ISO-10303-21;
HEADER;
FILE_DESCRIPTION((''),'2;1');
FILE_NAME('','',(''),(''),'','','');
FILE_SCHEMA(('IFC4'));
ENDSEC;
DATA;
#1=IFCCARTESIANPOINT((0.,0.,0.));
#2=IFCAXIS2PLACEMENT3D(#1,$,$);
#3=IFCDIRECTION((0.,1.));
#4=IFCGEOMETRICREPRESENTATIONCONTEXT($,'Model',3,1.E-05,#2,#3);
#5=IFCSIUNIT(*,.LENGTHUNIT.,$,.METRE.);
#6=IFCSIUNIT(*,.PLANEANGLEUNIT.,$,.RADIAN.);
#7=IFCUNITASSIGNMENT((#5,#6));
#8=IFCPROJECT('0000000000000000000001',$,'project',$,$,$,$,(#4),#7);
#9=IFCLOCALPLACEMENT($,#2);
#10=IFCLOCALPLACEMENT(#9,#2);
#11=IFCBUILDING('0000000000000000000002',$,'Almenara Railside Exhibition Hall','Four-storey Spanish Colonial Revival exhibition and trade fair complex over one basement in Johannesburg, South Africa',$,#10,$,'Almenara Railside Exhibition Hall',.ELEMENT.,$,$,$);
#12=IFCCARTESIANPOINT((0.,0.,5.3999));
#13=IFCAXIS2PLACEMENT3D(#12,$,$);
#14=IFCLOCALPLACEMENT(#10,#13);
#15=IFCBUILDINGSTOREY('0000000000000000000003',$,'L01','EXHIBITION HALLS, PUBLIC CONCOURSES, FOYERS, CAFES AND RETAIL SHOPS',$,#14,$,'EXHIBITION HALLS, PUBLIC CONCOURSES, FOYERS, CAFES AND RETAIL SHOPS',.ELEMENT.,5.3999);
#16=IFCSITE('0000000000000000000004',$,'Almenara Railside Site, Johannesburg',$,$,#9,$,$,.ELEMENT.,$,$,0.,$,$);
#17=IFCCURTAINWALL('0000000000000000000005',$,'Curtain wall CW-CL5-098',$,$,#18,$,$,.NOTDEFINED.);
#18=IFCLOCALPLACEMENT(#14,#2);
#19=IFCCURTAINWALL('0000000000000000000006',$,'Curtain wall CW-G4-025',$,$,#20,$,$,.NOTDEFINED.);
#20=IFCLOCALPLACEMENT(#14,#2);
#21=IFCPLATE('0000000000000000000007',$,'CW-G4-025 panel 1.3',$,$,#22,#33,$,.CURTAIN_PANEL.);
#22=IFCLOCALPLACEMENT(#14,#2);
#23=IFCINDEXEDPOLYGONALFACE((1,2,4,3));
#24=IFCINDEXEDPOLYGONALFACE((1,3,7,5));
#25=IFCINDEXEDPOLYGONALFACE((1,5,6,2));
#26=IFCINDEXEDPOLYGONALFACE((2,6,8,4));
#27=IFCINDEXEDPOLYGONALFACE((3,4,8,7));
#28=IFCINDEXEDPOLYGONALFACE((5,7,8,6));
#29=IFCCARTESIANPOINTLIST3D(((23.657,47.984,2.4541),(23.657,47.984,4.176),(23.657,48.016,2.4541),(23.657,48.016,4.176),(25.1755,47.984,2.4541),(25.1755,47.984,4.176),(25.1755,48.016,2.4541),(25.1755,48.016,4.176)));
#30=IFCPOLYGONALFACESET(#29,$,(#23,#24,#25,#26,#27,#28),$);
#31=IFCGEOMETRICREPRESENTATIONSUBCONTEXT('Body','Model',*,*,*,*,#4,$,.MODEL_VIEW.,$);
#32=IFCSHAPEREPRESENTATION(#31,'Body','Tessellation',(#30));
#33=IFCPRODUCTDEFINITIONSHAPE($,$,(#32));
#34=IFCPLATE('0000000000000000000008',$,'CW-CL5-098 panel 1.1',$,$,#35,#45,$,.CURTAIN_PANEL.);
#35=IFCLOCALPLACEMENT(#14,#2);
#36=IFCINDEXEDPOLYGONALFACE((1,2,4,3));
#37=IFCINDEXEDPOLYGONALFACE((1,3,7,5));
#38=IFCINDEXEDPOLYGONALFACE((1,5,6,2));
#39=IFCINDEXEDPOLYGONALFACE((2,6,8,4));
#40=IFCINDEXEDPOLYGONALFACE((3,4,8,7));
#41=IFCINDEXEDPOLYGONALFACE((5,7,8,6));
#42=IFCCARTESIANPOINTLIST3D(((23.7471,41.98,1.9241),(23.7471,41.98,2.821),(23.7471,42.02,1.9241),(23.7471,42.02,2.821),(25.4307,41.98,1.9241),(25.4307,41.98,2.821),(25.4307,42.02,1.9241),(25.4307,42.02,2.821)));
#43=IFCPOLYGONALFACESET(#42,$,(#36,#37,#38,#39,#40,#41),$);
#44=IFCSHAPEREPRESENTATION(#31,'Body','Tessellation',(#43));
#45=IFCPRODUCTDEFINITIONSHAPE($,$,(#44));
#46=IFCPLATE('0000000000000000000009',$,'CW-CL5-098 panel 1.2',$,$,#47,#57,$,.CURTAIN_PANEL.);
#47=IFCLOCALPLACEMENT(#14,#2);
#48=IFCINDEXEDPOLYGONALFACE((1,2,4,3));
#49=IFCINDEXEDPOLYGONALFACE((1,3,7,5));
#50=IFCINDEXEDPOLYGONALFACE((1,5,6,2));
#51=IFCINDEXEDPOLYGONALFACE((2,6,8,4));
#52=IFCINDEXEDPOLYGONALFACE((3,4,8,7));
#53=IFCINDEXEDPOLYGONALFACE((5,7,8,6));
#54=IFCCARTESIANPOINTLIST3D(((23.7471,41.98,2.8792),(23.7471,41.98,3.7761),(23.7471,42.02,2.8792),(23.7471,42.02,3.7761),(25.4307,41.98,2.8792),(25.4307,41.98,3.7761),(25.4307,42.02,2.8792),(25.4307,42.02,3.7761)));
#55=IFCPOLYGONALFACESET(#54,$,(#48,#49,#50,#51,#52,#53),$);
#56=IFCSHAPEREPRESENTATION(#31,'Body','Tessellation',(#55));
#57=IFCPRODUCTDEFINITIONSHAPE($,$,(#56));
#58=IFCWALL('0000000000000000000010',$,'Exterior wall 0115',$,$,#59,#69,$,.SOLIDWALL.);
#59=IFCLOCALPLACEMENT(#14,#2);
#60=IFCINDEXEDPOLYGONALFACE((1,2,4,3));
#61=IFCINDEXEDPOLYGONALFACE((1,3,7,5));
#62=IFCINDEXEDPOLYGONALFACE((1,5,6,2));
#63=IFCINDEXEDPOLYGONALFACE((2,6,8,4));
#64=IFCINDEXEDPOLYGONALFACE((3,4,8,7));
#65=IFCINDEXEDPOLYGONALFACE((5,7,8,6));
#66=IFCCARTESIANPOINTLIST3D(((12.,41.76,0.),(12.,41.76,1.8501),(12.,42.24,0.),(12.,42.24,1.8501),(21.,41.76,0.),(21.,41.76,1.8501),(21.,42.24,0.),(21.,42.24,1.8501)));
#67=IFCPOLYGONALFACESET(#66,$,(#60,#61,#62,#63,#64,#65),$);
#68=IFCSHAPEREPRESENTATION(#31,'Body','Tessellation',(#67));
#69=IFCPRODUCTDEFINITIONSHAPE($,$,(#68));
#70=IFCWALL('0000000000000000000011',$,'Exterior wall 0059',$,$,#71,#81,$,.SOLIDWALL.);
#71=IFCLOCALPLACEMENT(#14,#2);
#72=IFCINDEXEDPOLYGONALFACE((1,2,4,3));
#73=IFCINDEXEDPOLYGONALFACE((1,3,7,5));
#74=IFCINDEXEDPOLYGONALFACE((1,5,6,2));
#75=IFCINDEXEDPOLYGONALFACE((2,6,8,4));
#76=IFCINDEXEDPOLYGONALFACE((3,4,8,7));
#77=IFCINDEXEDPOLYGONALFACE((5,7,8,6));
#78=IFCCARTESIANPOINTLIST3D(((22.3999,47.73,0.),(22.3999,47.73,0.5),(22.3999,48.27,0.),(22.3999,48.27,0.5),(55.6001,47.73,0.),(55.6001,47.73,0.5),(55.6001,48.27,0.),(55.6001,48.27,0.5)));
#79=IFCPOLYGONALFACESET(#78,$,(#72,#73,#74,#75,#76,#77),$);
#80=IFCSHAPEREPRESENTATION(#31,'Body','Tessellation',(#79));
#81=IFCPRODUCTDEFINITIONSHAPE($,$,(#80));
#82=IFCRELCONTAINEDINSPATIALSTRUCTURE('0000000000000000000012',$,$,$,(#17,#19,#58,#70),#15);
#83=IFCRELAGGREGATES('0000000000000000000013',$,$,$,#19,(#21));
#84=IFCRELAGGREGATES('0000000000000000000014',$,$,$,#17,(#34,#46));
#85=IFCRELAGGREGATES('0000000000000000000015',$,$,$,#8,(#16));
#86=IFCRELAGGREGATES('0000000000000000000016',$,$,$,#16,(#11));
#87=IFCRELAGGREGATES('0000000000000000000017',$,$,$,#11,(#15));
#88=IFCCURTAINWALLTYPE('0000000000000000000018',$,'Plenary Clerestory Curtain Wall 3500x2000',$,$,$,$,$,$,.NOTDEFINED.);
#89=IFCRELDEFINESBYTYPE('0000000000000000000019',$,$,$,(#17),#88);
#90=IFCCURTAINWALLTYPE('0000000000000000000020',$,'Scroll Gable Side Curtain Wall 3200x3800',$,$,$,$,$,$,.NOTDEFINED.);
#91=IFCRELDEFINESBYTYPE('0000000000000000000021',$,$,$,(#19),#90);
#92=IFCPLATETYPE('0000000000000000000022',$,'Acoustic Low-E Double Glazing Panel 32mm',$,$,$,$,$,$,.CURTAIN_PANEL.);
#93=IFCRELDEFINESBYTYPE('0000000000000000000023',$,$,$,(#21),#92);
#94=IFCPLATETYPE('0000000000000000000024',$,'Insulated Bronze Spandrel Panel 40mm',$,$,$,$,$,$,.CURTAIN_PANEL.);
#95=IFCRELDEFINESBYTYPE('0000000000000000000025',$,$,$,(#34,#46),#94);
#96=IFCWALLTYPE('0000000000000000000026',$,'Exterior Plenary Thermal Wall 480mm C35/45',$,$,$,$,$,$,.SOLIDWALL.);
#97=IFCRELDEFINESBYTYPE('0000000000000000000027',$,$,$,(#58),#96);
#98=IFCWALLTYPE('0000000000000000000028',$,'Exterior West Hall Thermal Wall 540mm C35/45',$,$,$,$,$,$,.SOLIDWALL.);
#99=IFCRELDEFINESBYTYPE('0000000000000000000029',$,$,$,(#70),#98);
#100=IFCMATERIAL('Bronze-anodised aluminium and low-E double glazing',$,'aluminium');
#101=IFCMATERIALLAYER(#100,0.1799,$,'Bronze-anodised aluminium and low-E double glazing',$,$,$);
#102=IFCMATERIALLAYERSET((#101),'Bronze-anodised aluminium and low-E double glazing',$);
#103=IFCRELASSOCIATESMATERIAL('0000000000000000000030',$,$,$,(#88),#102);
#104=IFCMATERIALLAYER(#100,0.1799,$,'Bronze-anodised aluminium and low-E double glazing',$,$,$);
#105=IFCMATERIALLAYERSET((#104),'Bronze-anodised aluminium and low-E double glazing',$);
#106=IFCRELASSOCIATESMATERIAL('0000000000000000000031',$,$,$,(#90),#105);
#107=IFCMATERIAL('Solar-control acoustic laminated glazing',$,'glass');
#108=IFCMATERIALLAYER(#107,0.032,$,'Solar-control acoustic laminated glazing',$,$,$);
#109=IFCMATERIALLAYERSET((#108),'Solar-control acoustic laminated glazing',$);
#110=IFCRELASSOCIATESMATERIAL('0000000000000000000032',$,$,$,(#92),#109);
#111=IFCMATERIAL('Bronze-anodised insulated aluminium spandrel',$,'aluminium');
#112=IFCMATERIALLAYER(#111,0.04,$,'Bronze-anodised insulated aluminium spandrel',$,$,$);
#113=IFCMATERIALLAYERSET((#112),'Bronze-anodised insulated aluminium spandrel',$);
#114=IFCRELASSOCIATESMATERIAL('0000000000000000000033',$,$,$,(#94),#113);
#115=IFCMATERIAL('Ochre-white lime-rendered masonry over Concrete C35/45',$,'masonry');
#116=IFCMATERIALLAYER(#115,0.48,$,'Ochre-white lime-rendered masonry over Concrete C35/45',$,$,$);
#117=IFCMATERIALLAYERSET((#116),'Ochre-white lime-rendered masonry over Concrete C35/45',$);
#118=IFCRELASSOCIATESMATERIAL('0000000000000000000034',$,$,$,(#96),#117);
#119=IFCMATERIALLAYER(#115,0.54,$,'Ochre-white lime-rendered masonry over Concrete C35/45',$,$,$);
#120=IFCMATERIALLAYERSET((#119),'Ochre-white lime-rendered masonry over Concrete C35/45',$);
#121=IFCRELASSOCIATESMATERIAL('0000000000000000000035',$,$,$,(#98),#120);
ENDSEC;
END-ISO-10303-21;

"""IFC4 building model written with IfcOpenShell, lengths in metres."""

from ifc_helpers import new_model, si_unit, direction, frame, frame_2d, origin, origin_2d, place, context, subcontext, project, spatial, rectangle, extrude, material, layer, layer_set, type_object, element, aggregate, save


model = new_model("IFC4")

# Units and contexts
model_context = context("Model", 3, precision=1e-05, world=origin(), true_north=direction((0.0, 1.0)))
body_context = subcontext(model_context, "Body", "Model", "MODEL_VIEW")
ifc_project = project(units=[si_unit("LENGTHUNIT", "METRE"), si_unit("PLANEANGLEUNIT", "RADIAN")], contexts=[model_context])

# Site, building, storey
site_placement = place(None, origin())
site = spatial("IfcSite", under=ifc_project, at=site_placement, Name="Almenara Railside Site, Johannesburg", CompositionType="ELEMENT", RefElevation=0.0)
building_placement = place(site_placement, origin())
building = spatial("IfcBuilding", under=site, at=building_placement, Name="Almenara Railside Exhibition Hall", Description="Four-storey Spanish Colonial Revival exhibition and trade fair complex over one basement in Johannesburg, South Africa", LongName="Almenara Railside Exhibition Hall", CompositionType="ELEMENT")
storey_placement = place(building_placement, frame((0.0, 0.0, 5.3999)))
storey = spatial("IfcBuildingStorey", under=building, at=storey_placement, Name="L01", Description="EXHIBITION HALLS, PUBLIC CONCOURSES, FOYERS, CAFES AND RETAIL SHOPS", LongName="EXHIBITION HALLS, PUBLIC CONCOURSES, FOYERS, CAFES AND RETAIL SHOPS", CompositionType="ELEMENT", Elevation=5.3999)

# Curtain wall
ifc_material_1 = material(Name="Bronze-anodised aluminium and low-E double glazing", Category="aluminium")
ifc_layer_1 = layer(ifc_material_1, 0.1799, Name="Bronze-anodised aluminium and low-E double glazing")
ifc_layer_set_1 = layer_set([ifc_layer_1], Name="Bronze-anodised aluminium and low-E double glazing")
curtain_wall_type_1 = type_object("IfcCurtainWallType", Name="Plenary Clerestory Curtain Wall 3500x2000", PredefinedType="NOTDEFINED", material=ifc_layer_set_1)
curtain_wall_1_placement = place(storey_placement, origin())
curtain_wall_1 = element("IfcCurtainWall", 1, at=curtain_wall_1_placement, inside=storey, type_object=curtain_wall_type_1, Name="Curtain wall CW-CL5-098", PredefinedType="NOTDEFINED")

# Curtain wall
ifc_layer_2 = layer(ifc_material_1, 0.1799, Name="Bronze-anodised aluminium and low-E double glazing")
ifc_layer_set_2 = layer_set([ifc_layer_2], Name="Bronze-anodised aluminium and low-E double glazing")
curtain_wall_type_2 = type_object("IfcCurtainWallType", Name="Scroll Gable Side Curtain Wall 3200x3800", PredefinedType="NOTDEFINED", material=ifc_layer_set_2)
curtain_wall_2_placement = place(storey_placement, origin())
curtain_wall_2 = element("IfcCurtainWall", 2, at=curtain_wall_2_placement, inside=storey, type_object=curtain_wall_type_2, Name="Curtain wall CW-G4-025", PredefinedType="NOTDEFINED")

# Plates
ifc_material_2 = material(Name="Solar-control acoustic laminated glazing", Category="glass")
ifc_layer_3 = layer(ifc_material_2, 0.032, Name="Solar-control acoustic laminated glazing")
ifc_layer_set_3 = layer_set([ifc_layer_3], Name="Solar-control acoustic laminated glazing")
plate_type_1 = type_object("IfcPlateType", Name="Acoustic Low-E Double Glazing Panel 32mm", PredefinedType="CURTAIN_PANEL", material=ifc_layer_set_3)
plate_1_placement = place(storey_placement, frame((24.4163, 48.0, 2.4541), z_axis=(0.0, 0.0, 1.0), x_axis=(1.0, 0.0, 0.0)))
plate_1 = element("IfcPlate", 3, at=plate_1_placement, type_object=plate_type_1, Name="CW-G4-025 panel 1.3", PredefinedType="CURTAIN_PANEL", context=body_context, shape_type="SweptSolid", body=[
    extrude(rectangle(XDim=1.5186, YDim=0.032, at=origin_2d()), origin(), (0.0, 0.0, 1.0), 1.7219),
])
aggregate(curtain_wall_2, [plate_1])
ifc_material_3 = material(Name="Bronze-anodised insulated aluminium spandrel", Category="aluminium")
ifc_layer_4 = layer(ifc_material_3, 0.04, Name="Bronze-anodised insulated aluminium spandrel")
ifc_layer_set_4 = layer_set([ifc_layer_4], Name="Bronze-anodised insulated aluminium spandrel")
plate_type_2 = type_object("IfcPlateType", Name="Insulated Bronze Spandrel Panel 40mm", PredefinedType="CURTAIN_PANEL", material=ifc_layer_set_4)
plate_2_placement = place(storey_placement, frame((24.5889, 42.0, 1.9241), z_axis=(0.0, 0.0, 1.0), x_axis=(1.0, 0.0, 0.0)))
plate_2 = element("IfcPlate", 4, at=plate_2_placement, type_object=plate_type_2, Name="CW-CL5-098 panel 1.1", PredefinedType="CURTAIN_PANEL", context=body_context, shape_type="SweptSolid", body=[
    extrude(rectangle(XDim=1.6836, YDim=0.04, at=origin_2d()), origin(), (0.0, 0.0, 1.0), 0.897),
])
plate_3_placement = place(storey_placement, frame((24.5889, 42.0, 2.8792), z_axis=(0.0, 0.0, 1.0), x_axis=(1.0, 0.0, 0.0)))
plate_3 = element("IfcPlate", 5, at=plate_3_placement, type_object=plate_type_2, Name="CW-CL5-098 panel 1.2", PredefinedType="CURTAIN_PANEL", context=body_context, shape_type="SweptSolid", body=[
    extrude(rectangle(XDim=1.6836, YDim=0.04, at=origin_2d()), origin(), (0.0, 0.0, 1.0), 0.897),
])
aggregate(curtain_wall_1, [plate_2, plate_3])

# Walls
ifc_material_4 = material(Name="Ochre-white lime-rendered masonry over Concrete C35/45", Category="masonry")
ifc_layer_5 = layer(ifc_material_4, 0.48, Name="Ochre-white lime-rendered masonry over Concrete C35/45")
ifc_layer_set_5 = layer_set([ifc_layer_5], Name="Ochre-white lime-rendered masonry over Concrete C35/45")
wall_type_1 = type_object("IfcWallType", Name="Exterior Plenary Thermal Wall 480mm C35/45", PredefinedType="SOLIDWALL", material=ifc_layer_set_5)
wall_1_placement = place(storey_placement, frame((21.0, 42.0, 0.0), z_axis=(0.0, 0.0, 1.0), x_axis=(-1.0, 0.0, 0.0)))
element("IfcWall", 6, at=wall_1_placement, inside=storey, type_object=wall_type_1, Name="Exterior wall 0115", PredefinedType="SOLIDWALL", context=body_context, shape_type="SweptSolid", body=[
    extrude(rectangle(XDim=9.0, YDim=0.48, at=frame_2d((4.5, 0.0))), origin(), (0.0, 0.0, 1.0), 1.8501),
])
ifc_layer_6 = layer(ifc_material_4, 0.54, Name="Ochre-white lime-rendered masonry over Concrete C35/45")
ifc_layer_set_6 = layer_set([ifc_layer_6], Name="Ochre-white lime-rendered masonry over Concrete C35/45")
wall_type_2 = type_object("IfcWallType", Name="Exterior West Hall Thermal Wall 540mm C35/45", PredefinedType="SOLIDWALL", material=ifc_layer_set_6)
wall_2_placement = place(storey_placement, frame((22.3999, 48.0, 0.0), z_axis=(0.0, 0.0, 1.0), x_axis=(1.0, 0.0, 0.0)))
element("IfcWall", 7, at=wall_2_placement, inside=storey, type_object=wall_type_2, Name="Exterior wall 0059", PredefinedType="SOLIDWALL", context=body_context, shape_type="SweptSolid", body=[
    extrude(rectangle(XDim=33.2002, YDim=0.54, at=frame_2d((16.6001, 0.0))), origin(), (0.0, 0.0, 1.0), 0.5),
])

save(model, "model.ifc")
